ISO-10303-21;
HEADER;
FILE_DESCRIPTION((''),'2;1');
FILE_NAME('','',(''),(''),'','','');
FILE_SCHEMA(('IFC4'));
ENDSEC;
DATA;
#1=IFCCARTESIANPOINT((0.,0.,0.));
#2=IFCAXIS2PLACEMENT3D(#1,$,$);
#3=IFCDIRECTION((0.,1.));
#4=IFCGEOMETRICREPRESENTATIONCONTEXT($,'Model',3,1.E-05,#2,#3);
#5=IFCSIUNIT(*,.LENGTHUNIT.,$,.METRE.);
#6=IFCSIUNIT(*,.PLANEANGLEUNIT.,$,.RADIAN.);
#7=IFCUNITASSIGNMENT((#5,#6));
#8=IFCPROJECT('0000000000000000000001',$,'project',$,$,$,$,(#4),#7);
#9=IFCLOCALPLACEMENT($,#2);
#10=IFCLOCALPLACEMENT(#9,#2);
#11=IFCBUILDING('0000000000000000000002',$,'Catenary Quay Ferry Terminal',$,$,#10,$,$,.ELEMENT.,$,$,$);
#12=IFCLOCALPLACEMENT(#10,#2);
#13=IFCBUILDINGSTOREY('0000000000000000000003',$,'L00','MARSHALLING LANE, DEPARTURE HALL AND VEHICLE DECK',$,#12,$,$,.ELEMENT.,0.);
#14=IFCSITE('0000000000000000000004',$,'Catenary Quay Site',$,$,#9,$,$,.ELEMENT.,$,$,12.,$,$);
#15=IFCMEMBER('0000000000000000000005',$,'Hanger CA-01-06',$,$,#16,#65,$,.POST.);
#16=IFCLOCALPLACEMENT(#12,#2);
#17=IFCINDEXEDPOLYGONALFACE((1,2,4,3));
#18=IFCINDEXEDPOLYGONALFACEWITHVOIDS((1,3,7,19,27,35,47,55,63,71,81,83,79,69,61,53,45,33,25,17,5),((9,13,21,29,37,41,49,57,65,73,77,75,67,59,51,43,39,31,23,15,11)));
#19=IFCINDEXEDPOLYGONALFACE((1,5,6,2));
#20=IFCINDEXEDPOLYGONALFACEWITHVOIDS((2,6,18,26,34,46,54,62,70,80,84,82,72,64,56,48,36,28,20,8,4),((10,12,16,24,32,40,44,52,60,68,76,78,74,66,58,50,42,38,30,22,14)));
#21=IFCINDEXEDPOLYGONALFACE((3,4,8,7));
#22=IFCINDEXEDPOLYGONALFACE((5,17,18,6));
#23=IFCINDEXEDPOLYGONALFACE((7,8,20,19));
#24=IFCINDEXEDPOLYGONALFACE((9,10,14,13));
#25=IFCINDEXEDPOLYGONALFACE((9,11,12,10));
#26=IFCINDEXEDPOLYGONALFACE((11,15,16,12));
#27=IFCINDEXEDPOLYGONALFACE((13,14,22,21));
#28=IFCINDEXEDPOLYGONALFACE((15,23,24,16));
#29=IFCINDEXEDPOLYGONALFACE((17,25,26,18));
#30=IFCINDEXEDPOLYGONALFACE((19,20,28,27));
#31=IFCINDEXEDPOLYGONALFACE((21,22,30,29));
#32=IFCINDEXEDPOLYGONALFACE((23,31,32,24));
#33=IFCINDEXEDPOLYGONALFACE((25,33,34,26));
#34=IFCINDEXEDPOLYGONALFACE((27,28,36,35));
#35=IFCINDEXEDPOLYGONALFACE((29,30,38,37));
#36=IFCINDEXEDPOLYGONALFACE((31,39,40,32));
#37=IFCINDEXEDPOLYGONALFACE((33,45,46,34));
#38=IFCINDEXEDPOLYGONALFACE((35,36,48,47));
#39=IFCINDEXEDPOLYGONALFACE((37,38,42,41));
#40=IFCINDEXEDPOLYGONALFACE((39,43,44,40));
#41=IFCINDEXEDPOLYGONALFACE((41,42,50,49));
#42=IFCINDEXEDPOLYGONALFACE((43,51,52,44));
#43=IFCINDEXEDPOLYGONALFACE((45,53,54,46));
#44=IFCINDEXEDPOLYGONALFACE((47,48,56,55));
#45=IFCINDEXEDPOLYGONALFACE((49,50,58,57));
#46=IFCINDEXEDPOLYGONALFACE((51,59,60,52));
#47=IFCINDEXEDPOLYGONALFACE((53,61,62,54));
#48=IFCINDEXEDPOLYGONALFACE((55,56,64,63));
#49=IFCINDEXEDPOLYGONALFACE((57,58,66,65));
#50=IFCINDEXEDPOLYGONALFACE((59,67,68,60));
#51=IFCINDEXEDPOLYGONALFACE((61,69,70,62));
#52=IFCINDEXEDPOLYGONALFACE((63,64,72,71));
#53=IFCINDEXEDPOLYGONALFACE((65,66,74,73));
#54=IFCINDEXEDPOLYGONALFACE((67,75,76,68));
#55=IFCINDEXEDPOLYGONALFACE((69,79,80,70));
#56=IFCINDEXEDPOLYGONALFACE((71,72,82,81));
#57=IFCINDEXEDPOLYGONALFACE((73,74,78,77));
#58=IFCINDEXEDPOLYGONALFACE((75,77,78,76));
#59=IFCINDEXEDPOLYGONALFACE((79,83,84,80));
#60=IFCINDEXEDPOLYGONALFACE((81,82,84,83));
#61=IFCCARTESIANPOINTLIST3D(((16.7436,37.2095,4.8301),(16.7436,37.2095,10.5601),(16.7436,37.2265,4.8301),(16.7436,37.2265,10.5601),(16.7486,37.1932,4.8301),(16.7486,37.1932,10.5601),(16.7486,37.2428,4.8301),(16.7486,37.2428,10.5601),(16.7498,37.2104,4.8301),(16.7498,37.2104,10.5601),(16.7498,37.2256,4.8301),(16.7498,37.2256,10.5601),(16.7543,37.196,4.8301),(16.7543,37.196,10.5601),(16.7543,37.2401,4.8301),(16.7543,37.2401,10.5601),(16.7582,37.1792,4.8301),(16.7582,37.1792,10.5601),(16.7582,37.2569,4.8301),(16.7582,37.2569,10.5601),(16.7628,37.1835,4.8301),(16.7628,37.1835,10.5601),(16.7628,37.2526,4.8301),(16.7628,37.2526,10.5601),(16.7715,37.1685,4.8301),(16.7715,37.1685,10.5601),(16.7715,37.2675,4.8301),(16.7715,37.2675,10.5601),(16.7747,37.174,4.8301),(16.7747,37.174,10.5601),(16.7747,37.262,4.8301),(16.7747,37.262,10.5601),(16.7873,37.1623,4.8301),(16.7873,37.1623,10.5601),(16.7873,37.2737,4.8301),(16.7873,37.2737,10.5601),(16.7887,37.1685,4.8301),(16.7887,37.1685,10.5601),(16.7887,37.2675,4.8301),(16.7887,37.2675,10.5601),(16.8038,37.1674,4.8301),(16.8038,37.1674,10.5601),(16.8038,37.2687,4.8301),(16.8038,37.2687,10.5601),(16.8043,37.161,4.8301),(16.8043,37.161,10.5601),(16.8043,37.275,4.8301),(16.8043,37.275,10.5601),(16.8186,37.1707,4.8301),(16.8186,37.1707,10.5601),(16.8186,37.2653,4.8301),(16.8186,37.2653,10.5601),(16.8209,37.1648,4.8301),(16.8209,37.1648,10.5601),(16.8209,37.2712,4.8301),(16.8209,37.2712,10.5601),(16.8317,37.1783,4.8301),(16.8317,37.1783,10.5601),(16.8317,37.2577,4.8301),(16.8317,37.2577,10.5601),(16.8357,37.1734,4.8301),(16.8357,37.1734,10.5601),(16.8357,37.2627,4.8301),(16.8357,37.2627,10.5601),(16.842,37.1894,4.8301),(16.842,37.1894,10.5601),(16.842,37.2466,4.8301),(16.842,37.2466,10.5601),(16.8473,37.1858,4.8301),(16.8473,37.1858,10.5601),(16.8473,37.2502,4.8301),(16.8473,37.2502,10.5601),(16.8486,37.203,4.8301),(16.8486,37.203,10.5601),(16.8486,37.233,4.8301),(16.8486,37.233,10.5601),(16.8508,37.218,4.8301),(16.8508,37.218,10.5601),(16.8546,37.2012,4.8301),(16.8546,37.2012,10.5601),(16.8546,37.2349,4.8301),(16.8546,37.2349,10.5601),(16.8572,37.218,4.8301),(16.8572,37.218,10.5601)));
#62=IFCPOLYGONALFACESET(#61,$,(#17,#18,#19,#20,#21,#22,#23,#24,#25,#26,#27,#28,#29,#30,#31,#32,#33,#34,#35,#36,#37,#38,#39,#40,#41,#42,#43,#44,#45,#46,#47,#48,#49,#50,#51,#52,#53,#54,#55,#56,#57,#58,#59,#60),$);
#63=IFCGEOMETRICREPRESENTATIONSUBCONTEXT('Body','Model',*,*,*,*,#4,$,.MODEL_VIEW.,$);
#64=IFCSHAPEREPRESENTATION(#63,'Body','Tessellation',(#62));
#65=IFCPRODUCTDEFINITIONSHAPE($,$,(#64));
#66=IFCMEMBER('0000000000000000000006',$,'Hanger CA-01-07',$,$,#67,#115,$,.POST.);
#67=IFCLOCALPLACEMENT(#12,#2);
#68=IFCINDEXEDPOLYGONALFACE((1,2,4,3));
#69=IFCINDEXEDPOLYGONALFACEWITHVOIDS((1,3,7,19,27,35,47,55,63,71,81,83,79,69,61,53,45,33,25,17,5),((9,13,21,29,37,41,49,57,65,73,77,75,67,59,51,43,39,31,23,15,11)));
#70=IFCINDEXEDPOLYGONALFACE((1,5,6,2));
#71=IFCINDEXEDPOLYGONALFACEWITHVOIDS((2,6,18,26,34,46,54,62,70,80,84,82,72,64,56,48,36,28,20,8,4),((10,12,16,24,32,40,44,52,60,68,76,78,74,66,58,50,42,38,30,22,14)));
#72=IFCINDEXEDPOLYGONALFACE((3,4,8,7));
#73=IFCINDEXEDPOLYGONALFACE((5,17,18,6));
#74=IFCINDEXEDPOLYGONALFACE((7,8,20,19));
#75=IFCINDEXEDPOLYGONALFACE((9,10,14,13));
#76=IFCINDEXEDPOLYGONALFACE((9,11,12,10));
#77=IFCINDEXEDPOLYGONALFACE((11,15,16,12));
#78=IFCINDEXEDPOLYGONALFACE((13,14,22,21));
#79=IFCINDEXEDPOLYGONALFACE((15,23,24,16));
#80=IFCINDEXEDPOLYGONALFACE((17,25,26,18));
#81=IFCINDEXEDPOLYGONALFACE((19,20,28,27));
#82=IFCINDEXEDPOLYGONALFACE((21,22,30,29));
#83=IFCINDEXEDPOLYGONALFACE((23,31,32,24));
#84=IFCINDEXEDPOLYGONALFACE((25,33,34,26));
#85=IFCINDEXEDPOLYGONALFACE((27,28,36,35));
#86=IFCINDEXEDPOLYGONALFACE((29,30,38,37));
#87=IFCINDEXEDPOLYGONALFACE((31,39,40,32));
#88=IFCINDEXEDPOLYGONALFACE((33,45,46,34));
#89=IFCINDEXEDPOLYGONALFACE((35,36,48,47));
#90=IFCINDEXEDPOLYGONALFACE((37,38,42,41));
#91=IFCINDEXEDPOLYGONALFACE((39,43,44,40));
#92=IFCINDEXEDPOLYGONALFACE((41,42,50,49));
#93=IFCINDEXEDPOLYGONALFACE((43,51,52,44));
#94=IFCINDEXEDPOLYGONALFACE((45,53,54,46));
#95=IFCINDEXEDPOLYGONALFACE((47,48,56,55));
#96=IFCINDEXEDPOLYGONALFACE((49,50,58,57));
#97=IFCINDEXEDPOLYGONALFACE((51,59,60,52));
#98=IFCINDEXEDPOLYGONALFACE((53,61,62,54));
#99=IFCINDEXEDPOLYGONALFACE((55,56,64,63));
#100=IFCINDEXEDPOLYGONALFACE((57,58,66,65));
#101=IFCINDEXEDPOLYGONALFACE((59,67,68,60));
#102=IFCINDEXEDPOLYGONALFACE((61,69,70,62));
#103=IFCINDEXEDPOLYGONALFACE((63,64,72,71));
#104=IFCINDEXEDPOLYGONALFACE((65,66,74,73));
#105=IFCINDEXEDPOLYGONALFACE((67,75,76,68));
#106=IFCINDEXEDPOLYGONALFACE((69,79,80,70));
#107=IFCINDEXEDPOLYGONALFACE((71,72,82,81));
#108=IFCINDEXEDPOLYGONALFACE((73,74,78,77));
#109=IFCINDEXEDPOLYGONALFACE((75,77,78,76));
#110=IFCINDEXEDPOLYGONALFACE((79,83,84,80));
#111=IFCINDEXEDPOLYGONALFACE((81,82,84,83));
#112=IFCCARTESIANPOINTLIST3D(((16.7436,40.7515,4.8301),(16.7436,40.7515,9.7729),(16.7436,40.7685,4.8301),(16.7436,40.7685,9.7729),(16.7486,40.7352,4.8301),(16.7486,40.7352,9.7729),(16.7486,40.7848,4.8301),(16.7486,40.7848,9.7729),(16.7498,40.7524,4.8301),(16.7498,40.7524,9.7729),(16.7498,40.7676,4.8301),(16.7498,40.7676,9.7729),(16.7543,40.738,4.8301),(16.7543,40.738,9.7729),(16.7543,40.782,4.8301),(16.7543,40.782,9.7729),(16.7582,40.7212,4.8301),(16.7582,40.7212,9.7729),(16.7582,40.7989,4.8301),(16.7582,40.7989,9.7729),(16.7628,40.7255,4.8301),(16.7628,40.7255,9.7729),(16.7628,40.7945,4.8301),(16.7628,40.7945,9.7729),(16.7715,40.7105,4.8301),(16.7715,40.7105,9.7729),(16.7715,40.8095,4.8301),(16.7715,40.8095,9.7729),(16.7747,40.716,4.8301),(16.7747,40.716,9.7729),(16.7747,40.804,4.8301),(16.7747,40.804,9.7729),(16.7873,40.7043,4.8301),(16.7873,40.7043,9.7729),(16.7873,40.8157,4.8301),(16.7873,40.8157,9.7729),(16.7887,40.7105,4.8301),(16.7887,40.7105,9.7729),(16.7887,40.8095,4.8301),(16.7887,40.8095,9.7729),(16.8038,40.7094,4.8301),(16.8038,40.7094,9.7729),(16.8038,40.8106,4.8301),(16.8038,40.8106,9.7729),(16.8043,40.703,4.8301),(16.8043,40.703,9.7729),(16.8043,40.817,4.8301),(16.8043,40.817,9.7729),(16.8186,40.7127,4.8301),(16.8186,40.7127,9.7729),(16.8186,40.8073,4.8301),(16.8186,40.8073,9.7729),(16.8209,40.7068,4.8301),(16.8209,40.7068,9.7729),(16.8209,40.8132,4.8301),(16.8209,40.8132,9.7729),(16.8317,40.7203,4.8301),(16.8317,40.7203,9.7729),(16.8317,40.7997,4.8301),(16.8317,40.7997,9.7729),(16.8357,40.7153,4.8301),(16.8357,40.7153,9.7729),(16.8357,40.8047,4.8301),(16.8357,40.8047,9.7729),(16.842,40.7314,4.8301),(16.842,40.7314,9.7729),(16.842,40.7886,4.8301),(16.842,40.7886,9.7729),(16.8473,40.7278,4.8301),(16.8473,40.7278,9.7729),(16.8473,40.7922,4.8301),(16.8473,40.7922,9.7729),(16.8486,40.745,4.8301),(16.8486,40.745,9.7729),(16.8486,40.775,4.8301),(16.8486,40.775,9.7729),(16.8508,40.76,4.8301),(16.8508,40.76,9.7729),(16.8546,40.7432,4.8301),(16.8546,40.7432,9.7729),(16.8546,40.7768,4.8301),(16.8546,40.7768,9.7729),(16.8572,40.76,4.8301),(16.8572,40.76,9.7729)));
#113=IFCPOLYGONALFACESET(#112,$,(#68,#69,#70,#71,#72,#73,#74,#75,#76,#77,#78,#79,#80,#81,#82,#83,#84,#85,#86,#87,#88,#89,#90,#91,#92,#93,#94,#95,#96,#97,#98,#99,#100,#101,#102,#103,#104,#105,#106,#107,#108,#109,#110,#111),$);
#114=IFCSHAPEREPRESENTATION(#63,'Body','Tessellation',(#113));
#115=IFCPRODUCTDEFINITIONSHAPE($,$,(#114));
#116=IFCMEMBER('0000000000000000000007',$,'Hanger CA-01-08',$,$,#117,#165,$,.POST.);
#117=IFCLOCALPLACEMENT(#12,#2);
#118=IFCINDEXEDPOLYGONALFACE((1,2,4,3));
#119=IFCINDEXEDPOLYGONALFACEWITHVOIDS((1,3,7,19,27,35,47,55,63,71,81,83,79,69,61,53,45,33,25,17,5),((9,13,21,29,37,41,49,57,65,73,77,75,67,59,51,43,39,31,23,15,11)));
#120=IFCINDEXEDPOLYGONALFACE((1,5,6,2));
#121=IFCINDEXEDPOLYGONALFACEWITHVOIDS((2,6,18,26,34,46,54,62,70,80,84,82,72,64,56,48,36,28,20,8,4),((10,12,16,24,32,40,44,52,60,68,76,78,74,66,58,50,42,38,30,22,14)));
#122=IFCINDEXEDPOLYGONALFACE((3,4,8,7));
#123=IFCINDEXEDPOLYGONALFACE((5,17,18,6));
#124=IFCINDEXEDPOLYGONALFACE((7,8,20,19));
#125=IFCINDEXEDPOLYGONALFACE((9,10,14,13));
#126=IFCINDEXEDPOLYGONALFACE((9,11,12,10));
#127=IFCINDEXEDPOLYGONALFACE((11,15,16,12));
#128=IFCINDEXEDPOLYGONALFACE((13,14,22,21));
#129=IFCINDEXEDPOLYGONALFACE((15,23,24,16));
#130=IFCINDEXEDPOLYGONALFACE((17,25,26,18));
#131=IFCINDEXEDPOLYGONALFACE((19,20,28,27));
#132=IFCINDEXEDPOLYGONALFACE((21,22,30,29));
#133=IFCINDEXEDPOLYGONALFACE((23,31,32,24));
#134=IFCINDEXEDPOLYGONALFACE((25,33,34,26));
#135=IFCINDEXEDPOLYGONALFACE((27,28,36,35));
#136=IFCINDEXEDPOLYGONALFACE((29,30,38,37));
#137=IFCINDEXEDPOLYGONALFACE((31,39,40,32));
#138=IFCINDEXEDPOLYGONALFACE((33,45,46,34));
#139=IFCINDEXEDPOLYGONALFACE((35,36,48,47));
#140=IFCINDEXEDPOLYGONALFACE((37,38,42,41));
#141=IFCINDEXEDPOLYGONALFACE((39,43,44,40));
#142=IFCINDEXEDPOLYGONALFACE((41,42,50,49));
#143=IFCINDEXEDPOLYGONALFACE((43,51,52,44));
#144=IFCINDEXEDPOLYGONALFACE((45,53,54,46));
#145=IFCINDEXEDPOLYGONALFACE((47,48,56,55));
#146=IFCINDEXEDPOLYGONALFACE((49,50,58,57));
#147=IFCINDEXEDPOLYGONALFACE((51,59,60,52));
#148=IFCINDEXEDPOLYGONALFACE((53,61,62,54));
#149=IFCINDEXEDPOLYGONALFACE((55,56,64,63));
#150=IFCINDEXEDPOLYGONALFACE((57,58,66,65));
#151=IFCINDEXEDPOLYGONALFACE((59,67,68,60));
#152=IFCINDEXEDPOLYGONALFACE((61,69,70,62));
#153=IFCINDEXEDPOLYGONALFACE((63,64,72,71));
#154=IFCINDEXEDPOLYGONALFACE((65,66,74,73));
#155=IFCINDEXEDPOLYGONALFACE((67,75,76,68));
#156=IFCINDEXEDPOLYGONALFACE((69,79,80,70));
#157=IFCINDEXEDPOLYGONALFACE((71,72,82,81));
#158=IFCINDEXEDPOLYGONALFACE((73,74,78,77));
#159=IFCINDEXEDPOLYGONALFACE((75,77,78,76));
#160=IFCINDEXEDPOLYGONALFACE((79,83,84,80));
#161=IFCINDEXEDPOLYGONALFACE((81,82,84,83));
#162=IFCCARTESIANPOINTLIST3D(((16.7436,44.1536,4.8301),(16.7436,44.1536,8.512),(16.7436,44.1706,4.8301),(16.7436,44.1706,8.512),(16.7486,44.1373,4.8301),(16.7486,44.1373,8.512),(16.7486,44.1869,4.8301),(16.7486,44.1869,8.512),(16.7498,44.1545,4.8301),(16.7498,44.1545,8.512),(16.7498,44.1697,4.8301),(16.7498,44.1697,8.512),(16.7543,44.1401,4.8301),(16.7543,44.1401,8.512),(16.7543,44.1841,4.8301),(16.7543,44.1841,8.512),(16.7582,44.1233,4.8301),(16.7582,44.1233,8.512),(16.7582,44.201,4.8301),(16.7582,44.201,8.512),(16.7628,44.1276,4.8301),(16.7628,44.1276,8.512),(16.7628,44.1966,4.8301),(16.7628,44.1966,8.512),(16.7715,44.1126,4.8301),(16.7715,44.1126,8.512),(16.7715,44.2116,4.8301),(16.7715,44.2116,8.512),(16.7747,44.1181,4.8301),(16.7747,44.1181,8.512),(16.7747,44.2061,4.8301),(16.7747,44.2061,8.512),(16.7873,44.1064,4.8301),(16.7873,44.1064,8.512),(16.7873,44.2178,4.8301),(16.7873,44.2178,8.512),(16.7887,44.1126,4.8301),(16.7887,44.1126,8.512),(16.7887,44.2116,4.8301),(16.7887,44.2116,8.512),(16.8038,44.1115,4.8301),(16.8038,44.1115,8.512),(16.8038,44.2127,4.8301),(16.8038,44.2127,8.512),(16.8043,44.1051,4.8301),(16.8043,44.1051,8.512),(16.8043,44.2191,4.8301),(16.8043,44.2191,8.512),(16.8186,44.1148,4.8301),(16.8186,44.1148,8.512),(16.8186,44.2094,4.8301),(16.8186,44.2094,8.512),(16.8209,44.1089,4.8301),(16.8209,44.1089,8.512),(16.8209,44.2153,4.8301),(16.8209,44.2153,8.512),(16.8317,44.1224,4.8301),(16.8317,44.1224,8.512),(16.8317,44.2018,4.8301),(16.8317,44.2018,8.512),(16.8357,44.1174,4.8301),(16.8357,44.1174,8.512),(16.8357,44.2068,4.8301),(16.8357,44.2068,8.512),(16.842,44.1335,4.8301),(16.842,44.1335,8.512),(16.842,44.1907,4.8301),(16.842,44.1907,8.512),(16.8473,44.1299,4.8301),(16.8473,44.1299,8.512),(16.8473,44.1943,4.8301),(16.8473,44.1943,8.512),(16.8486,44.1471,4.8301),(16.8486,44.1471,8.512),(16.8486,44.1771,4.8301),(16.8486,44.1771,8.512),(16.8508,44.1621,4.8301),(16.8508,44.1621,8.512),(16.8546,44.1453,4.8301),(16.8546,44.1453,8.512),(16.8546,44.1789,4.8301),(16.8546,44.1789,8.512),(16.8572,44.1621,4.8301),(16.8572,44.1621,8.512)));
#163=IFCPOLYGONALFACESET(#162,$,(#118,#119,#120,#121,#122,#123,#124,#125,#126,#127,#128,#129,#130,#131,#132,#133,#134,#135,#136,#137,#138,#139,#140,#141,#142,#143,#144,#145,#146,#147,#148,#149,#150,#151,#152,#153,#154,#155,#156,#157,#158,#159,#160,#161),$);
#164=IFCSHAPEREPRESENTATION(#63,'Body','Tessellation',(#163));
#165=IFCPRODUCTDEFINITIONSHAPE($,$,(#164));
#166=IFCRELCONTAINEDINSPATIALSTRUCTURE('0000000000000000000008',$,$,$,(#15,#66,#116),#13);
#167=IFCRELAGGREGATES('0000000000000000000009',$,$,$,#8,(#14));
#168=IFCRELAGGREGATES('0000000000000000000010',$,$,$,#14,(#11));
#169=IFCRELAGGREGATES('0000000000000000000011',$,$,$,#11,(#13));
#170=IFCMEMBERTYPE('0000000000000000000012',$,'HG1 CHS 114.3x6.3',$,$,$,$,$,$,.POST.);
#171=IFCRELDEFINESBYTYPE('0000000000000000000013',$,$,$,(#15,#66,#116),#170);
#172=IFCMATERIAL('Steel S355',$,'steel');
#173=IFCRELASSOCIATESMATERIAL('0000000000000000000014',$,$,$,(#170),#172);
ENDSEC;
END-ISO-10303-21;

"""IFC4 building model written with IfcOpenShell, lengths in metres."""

from ifc_helpers import new_model, si_unit, direction, frame, origin, origin_2d, place, context, subcontext, project, spatial, hollow_circle, extrude, material, material_profile, profile_set, type_object, element, save


model = new_model("IFC4")

# Units and contexts
model_context = context("Model", 3, precision=1e-05, world=origin(), true_north=direction((0.0, 1.0)))
body_context = subcontext(model_context, "Body", "Model", "MODEL_VIEW")
ifc_project = project(units=[si_unit("LENGTHUNIT", "METRE"), si_unit("PLANEANGLEUNIT", "RADIAN")], contexts=[model_context])

# Site, building, storey
site_placement = place(None, origin())
site = spatial("IfcSite", under=ifc_project, at=site_placement, Name="Catenary Quay Site", CompositionType="ELEMENT", RefElevation=12.0)
building_placement = place(site_placement, origin())
building = spatial("IfcBuilding", under=site, at=building_placement, Name="Catenary Quay Ferry Terminal", CompositionType="ELEMENT")
storey_placement = place(building_placement, origin())
storey = spatial("IfcBuildingStorey", under=building, at=storey_placement, Name="L00", Description="MARSHALLING LANE, DEPARTURE HALL AND VEHICLE DECK", CompositionType="ELEMENT", Elevation=0.0)

# Members
ifc_material_1 = material(Name="Steel S355", Category="steel")
ifc_material_profile_1 = material_profile(ifc_material_1, hollow_circle(Radius=0.0571, WallThickness=0.0063, at=origin_2d()), Name="CHS 114.3x6.3")
ifc_profile_set_1 = profile_set([ifc_material_profile_1], Name="Steel S355")
member_type_1 = type_object("IfcMemberType", Name="HG1 CHS 114.3x6.3", PredefinedType="POST", material=ifc_profile_set_1)
member_1_placement = place(storey_placement, frame((16.8, 37.218, 4.8301), z_axis=(0.0, 0.0, 1.0), x_axis=(1.0, 0.0, 0.0)))
element("IfcMember", 1, at=member_1_placement, inside=storey, type_object=member_type_1, Name="Hanger CA-01-06", PredefinedType="POST", context=body_context, shape_type="SweptSolid", body=[
    extrude(hollow_circle(Radius=0.0571, WallThickness=0.0063, at=origin_2d()), origin(), (0.0, 0.0, 1.0), 5.73),
])
member_2_placement = place(storey_placement, frame((16.8, 40.76, 4.8301), z_axis=(0.0, 0.0, 1.0), x_axis=(1.0, 0.0, 0.0)))
element("IfcMember", 2, at=member_2_placement, inside=storey, type_object=member_type_1, Name="Hanger CA-01-07", PredefinedType="POST", context=body_context, shape_type="SweptSolid", body=[
    extrude(hollow_circle(Radius=0.0571, WallThickness=0.0063, at=origin_2d()), origin(), (0.0, 0.0, 1.0), 4.9429),
])
member_3_placement = place(storey_placement, frame((16.8, 44.1621, 4.8301), z_axis=(0.0, 0.0, 1.0), x_axis=(1.0, 0.0, 0.0)))
element("IfcMember", 3, at=member_3_placement, inside=storey, type_object=member_type_1, Name="Hanger CA-01-08", PredefinedType="POST", context=body_context, shape_type="SweptSolid", body=[
    extrude(hollow_circle(Radius=0.0571, WallThickness=0.0063, at=origin_2d()), origin(), (0.0, 0.0, 1.0), 3.6819),
])

save(model, "model.ifc")
